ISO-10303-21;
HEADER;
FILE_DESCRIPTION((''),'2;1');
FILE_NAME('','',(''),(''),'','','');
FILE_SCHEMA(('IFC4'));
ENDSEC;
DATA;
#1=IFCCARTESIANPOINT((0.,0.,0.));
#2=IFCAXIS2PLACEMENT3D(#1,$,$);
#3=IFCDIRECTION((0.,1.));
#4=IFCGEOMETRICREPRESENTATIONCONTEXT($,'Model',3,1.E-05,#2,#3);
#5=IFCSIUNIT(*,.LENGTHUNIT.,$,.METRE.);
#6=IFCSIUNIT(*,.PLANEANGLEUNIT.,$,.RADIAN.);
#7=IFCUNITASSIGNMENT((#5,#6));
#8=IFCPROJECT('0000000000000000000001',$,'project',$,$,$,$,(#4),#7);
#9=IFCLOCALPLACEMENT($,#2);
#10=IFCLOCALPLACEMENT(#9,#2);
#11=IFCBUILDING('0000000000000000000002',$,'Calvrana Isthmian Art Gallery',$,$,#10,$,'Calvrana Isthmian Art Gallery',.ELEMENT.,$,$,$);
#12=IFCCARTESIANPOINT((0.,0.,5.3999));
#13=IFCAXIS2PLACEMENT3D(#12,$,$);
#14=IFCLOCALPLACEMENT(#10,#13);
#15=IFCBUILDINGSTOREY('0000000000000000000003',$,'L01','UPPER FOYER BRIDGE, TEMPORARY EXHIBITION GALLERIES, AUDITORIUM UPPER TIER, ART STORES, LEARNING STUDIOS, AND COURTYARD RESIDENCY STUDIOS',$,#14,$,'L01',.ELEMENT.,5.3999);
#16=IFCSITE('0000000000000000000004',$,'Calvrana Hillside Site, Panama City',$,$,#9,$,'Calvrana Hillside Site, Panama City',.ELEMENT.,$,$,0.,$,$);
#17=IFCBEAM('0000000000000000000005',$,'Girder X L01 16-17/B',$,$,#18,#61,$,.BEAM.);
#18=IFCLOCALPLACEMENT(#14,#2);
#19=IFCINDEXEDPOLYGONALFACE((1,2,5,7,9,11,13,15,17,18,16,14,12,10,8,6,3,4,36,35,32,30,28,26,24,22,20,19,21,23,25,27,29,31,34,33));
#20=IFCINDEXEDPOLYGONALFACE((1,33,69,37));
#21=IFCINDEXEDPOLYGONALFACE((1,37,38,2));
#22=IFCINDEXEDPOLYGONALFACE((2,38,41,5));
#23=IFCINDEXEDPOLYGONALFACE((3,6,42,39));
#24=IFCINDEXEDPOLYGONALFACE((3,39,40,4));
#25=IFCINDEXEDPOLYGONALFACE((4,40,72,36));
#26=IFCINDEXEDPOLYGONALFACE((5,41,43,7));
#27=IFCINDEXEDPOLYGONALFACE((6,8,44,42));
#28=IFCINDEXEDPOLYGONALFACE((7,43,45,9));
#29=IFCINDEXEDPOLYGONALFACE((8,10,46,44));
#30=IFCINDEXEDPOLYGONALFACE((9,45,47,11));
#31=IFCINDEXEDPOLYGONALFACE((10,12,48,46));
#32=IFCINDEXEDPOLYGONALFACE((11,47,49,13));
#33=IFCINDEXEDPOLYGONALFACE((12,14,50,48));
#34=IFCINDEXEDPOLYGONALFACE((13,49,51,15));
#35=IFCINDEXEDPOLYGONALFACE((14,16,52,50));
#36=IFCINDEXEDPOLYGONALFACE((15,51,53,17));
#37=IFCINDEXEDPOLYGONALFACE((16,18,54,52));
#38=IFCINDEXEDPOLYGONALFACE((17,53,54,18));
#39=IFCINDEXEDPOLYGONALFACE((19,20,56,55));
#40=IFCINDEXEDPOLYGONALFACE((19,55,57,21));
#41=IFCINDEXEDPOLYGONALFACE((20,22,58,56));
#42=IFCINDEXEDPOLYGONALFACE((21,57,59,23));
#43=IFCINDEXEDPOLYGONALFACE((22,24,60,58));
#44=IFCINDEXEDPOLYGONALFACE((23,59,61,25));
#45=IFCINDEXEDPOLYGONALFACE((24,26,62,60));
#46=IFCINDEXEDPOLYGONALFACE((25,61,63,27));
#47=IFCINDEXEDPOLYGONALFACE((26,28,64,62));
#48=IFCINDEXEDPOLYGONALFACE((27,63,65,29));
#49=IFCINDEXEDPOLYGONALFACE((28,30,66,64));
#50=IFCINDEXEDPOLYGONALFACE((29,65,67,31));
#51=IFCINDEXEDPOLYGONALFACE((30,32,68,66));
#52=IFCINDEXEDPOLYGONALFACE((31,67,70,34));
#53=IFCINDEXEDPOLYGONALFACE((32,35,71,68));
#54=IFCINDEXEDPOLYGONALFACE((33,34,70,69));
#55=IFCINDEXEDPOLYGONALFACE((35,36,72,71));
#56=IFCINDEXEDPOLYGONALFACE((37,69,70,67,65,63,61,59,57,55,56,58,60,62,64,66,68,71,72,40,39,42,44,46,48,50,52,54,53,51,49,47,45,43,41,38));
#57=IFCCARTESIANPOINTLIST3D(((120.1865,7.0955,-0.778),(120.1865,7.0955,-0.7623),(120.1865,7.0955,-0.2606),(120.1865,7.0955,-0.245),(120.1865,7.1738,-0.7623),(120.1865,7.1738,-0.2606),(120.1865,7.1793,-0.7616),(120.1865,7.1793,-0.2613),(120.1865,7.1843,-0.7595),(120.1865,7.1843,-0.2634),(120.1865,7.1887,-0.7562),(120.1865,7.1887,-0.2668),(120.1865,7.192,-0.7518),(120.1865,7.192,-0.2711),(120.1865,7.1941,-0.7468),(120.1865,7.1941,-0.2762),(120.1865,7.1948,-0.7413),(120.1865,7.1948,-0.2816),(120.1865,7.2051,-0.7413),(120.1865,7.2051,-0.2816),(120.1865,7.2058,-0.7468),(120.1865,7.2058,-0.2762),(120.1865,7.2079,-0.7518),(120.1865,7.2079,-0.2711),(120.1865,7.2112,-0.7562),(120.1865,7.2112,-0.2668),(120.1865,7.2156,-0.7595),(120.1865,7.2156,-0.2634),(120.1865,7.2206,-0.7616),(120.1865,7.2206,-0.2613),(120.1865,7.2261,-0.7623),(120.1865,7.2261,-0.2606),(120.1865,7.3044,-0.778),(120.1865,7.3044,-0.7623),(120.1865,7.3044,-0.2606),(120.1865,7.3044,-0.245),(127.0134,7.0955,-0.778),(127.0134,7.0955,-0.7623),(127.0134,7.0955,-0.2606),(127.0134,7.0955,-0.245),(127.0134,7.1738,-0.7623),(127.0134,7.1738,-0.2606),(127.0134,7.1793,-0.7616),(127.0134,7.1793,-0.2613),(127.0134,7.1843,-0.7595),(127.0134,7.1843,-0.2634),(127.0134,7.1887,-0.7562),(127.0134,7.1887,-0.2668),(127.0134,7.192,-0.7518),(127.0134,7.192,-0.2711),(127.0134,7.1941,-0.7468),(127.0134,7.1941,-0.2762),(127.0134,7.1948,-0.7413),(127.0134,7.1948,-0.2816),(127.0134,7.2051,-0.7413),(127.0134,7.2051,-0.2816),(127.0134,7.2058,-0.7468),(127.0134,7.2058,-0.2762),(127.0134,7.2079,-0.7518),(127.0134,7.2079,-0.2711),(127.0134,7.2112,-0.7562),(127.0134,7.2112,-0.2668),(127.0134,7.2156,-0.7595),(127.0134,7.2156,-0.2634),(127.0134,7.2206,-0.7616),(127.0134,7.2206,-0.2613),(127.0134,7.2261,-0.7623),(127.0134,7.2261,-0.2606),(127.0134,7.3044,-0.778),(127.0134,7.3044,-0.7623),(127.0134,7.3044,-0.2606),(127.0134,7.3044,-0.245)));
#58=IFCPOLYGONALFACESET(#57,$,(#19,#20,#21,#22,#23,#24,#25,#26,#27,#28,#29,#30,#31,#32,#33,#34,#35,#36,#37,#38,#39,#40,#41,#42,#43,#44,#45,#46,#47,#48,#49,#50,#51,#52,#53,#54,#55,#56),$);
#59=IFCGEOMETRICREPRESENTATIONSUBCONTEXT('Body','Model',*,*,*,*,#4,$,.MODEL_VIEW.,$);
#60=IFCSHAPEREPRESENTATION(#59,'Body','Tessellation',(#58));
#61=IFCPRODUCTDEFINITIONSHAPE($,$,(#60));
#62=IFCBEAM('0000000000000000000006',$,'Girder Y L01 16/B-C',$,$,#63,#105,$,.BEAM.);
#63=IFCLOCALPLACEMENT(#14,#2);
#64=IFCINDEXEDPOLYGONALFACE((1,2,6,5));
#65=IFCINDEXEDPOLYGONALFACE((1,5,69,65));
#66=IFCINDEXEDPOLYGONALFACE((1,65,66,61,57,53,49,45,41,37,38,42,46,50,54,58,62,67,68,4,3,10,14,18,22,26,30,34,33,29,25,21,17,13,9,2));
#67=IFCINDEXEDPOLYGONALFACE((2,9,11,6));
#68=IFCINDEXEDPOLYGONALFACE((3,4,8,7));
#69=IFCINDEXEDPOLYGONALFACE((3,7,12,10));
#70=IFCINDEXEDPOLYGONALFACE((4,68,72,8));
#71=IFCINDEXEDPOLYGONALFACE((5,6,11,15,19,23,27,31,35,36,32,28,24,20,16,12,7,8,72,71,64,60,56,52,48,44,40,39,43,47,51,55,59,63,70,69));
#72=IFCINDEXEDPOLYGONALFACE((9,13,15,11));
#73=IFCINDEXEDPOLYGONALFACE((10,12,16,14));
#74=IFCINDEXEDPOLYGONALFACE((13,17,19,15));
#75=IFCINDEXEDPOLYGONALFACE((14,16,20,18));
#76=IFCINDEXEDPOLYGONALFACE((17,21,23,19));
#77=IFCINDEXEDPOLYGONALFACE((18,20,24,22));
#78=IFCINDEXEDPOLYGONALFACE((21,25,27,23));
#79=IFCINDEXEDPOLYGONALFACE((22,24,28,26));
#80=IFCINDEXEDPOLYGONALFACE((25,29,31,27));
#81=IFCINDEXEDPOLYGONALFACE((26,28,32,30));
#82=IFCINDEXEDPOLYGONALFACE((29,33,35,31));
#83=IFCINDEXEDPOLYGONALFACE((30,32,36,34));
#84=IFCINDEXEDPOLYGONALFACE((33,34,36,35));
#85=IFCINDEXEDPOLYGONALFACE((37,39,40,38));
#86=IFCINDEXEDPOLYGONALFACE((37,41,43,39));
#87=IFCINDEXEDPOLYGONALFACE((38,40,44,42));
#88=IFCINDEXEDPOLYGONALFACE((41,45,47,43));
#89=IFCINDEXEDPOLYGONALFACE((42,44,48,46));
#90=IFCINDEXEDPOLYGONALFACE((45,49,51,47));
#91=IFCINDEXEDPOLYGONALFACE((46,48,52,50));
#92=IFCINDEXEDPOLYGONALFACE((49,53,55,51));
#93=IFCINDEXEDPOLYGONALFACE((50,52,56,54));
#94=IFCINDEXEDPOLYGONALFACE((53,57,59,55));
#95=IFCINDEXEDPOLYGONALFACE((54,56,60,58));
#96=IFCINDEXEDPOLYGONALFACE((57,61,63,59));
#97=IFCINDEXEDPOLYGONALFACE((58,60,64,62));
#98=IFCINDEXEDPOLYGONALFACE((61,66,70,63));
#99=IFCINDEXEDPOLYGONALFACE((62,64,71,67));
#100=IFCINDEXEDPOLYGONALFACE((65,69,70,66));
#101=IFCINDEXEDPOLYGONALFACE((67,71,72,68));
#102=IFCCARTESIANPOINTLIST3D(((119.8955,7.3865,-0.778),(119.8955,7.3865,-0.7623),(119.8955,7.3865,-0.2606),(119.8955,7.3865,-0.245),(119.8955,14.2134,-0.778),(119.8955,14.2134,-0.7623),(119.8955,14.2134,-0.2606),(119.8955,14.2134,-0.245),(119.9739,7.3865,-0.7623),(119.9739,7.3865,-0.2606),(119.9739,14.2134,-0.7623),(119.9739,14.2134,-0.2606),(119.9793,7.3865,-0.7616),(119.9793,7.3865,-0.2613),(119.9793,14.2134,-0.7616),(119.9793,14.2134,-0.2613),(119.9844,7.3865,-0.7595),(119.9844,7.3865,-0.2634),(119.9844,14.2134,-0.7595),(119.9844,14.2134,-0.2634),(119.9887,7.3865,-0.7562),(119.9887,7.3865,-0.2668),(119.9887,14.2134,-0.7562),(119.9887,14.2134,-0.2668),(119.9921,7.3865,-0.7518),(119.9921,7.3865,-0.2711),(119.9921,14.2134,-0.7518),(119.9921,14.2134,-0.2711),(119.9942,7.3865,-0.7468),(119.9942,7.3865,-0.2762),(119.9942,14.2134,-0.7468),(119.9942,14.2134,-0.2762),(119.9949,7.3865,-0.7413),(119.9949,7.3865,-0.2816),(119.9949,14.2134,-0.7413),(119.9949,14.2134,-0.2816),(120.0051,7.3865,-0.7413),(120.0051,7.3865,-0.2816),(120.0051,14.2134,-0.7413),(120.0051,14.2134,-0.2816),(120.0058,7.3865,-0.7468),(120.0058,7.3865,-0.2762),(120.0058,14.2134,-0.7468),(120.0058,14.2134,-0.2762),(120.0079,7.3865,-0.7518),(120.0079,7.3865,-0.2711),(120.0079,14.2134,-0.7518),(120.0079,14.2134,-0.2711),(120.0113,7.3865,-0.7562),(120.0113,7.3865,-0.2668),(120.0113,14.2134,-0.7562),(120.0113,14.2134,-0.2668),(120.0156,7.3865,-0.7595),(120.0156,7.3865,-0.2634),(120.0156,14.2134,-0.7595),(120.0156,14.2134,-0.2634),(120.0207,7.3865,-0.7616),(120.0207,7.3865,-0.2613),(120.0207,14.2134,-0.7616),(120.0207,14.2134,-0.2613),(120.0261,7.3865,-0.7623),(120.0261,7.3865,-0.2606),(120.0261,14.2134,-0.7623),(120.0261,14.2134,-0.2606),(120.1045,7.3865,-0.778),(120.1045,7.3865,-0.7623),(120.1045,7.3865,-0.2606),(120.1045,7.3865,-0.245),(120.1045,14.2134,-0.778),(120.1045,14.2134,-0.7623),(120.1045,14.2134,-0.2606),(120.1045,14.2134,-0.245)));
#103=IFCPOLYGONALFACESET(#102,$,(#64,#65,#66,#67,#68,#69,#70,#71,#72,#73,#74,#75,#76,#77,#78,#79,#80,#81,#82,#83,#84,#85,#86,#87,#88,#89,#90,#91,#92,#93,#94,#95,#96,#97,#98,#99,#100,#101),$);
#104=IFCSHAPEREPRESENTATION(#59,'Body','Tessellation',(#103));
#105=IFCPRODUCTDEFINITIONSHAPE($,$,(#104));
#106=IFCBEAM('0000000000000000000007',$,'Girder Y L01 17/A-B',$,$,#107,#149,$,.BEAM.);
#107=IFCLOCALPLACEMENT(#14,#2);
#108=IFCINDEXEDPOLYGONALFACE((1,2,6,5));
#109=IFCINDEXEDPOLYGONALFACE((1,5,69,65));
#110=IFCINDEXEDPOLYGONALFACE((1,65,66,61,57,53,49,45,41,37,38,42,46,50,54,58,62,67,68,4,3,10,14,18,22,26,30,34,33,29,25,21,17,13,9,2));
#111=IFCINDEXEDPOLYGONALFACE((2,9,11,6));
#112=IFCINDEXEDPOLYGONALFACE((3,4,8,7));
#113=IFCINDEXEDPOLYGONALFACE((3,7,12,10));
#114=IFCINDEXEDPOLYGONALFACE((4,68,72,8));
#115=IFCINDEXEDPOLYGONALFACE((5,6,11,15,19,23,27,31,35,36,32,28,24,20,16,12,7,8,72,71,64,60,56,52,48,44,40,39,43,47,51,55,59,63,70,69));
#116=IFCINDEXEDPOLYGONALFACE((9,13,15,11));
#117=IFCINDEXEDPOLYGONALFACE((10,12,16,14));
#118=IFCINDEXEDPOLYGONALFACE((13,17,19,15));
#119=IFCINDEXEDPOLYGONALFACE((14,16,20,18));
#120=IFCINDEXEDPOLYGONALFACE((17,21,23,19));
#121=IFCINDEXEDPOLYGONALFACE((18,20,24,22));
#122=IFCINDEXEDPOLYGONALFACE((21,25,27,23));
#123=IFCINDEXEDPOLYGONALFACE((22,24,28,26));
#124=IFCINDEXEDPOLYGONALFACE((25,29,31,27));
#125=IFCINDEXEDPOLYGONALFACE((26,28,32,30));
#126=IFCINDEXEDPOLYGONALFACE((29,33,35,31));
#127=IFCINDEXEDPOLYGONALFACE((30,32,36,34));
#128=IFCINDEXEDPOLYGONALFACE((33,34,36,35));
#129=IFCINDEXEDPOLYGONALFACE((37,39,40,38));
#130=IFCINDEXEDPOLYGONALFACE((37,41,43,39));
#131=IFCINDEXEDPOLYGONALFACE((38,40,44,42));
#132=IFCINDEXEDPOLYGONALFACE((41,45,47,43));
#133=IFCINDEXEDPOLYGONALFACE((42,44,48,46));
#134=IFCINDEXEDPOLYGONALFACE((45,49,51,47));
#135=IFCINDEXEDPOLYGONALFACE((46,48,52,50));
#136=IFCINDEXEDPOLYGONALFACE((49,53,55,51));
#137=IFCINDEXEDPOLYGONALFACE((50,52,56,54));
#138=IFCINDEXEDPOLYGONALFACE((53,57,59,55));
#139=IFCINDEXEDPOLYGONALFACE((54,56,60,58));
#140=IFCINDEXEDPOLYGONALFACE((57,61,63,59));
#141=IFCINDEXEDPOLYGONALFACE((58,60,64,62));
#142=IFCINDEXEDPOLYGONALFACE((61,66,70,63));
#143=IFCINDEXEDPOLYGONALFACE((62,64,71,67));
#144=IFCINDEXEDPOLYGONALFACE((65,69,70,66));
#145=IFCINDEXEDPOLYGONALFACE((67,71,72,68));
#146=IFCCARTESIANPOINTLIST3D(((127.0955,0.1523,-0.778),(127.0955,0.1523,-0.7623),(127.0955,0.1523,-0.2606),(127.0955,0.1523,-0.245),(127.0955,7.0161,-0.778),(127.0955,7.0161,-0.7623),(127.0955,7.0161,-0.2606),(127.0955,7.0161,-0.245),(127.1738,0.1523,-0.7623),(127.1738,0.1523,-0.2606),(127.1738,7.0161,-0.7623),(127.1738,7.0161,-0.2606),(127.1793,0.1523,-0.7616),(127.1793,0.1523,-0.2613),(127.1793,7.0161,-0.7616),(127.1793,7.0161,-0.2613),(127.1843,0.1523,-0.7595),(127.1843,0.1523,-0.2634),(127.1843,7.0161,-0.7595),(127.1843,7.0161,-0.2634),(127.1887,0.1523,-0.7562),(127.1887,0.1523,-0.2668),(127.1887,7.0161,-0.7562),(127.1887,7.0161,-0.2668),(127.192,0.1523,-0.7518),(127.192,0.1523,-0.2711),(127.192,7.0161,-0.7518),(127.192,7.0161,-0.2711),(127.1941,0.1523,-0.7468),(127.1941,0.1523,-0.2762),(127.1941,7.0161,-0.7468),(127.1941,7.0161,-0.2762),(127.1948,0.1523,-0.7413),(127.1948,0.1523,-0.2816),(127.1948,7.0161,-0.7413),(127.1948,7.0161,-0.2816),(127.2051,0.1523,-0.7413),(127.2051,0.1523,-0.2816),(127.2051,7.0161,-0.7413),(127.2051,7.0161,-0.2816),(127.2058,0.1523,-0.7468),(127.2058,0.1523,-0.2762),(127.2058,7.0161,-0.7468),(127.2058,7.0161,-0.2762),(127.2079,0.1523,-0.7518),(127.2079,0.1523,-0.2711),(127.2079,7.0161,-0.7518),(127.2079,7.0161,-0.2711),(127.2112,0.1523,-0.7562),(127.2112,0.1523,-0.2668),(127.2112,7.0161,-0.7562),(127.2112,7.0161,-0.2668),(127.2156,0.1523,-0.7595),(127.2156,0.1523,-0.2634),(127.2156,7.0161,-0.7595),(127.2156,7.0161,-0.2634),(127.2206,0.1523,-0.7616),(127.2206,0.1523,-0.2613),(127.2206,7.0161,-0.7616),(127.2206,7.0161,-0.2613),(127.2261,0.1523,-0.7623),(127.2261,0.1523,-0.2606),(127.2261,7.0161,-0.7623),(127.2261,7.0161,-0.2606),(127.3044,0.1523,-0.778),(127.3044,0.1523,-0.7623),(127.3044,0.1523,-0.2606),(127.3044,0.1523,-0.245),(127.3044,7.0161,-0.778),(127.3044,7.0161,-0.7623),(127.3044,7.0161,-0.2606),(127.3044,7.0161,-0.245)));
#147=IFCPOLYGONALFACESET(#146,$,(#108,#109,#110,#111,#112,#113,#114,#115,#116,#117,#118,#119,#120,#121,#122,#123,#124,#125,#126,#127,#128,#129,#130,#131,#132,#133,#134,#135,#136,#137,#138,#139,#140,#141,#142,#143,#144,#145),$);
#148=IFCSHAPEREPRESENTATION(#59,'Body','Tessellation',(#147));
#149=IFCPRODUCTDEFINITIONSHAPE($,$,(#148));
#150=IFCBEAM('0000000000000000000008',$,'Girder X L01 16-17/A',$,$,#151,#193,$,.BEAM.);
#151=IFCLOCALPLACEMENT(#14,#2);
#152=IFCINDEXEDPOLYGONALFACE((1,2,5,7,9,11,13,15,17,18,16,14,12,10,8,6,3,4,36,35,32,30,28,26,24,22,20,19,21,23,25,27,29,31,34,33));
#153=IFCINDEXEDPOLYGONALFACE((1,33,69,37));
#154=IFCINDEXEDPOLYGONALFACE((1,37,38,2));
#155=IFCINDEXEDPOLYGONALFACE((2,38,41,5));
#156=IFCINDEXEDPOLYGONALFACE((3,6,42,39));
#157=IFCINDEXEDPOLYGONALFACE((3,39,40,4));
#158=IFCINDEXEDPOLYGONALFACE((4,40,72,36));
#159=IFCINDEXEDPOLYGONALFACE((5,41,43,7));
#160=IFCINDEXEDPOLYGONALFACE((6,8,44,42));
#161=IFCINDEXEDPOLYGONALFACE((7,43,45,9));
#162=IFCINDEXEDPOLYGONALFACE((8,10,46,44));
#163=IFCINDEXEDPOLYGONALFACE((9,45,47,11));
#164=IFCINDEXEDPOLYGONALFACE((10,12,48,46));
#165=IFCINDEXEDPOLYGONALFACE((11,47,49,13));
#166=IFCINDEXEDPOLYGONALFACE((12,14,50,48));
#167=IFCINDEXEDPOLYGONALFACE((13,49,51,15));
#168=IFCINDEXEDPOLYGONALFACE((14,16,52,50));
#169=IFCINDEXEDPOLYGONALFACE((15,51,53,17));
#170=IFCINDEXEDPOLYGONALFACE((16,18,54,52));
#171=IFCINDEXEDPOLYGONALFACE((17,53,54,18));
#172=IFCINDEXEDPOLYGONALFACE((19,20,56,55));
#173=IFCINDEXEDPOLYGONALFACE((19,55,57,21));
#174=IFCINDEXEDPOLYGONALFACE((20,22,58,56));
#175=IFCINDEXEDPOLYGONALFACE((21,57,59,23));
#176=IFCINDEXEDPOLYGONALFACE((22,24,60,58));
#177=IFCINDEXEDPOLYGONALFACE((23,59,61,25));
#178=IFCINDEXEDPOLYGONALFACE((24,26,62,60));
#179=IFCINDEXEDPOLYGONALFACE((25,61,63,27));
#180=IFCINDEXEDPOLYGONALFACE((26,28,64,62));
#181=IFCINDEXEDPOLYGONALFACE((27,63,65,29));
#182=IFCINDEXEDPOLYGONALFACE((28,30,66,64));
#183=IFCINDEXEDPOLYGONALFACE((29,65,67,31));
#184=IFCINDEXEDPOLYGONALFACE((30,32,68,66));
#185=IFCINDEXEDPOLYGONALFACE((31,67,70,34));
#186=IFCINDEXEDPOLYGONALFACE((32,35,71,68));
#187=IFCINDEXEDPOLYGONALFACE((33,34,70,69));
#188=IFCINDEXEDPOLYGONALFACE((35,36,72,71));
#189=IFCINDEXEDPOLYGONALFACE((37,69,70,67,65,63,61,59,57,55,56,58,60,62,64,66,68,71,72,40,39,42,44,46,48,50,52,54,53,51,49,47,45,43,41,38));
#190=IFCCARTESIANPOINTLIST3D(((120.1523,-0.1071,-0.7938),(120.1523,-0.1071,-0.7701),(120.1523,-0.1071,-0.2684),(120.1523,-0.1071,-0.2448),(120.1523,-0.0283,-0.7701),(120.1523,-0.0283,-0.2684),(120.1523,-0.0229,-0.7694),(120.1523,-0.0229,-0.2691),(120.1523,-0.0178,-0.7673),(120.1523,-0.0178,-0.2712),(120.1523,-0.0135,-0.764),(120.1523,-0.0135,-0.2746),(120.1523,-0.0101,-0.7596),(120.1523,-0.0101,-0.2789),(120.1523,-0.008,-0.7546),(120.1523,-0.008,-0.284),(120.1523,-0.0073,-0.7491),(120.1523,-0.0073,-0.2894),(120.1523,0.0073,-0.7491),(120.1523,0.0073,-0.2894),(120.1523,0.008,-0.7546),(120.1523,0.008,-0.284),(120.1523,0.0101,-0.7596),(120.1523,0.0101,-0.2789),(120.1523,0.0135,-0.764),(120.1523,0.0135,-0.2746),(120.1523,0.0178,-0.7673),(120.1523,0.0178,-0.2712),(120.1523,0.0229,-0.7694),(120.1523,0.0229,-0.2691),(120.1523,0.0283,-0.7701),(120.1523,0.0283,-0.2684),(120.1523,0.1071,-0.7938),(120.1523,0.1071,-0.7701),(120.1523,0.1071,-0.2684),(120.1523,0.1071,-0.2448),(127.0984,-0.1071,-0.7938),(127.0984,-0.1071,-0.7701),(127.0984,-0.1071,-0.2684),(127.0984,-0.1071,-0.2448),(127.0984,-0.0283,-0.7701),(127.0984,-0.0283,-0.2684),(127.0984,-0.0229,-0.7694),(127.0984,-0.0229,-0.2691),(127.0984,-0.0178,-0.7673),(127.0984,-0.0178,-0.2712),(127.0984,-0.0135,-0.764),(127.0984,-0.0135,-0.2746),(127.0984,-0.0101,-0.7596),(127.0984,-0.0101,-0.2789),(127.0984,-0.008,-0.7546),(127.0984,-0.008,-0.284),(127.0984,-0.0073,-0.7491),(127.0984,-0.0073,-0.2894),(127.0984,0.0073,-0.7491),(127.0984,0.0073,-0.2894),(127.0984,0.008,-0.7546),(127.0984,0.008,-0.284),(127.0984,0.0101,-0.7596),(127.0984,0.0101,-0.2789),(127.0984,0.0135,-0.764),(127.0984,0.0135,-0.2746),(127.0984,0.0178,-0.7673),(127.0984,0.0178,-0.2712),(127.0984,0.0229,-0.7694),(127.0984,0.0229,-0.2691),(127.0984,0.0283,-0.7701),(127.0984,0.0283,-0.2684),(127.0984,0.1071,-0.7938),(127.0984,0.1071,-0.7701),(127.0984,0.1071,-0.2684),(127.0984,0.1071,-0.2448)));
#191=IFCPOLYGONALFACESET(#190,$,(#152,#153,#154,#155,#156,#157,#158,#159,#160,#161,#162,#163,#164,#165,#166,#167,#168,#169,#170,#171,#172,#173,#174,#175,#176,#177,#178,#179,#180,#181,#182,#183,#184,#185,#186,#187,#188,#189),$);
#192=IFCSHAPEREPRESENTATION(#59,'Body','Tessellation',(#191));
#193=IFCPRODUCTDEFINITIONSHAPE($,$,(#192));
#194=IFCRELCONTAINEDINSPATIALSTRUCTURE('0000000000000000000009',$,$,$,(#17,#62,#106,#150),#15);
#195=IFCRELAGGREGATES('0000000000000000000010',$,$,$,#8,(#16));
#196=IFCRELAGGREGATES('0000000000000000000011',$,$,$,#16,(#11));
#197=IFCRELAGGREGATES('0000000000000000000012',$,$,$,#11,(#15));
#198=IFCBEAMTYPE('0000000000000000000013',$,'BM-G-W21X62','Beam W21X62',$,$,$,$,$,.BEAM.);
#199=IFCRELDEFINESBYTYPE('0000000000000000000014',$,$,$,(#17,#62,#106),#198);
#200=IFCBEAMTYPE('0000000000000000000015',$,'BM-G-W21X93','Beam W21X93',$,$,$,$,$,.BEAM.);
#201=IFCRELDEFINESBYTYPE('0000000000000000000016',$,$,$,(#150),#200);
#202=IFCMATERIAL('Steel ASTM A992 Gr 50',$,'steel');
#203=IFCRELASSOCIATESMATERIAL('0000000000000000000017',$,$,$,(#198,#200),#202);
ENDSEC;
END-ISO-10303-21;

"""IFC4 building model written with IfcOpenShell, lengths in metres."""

from ifc_helpers import new_model, si_unit, direction, frame, origin, origin_2d, place, context, subcontext, project, spatial, i_section, extrude, material, material_profile, profile_set, type_object, element, save


model = new_model("IFC4")

# Units and contexts
model_context = context("Model", 3, precision=1e-05, world=origin(), true_north=direction((0.0, 1.0)))
body_context = subcontext(model_context, "Body", "Model", "MODEL_VIEW")
ifc_project = project(units=[si_unit("LENGTHUNIT", "METRE"), si_unit("PLANEANGLEUNIT", "RADIAN")], contexts=[model_context])

# Site, building, storey
site_placement = place(None, origin())
site = spatial("IfcSite", under=ifc_project, at=site_placement, Name="Calvrana Hillside Site, Panama City", LongName="Calvrana Hillside Site, Panama City", CompositionType="ELEMENT", RefElevation=0.0)
building_placement = place(site_placement, origin())
building = spatial("IfcBuilding", under=site, at=building_placement, Name="Calvrana Isthmian Art Gallery", LongName="Calvrana Isthmian Art Gallery", CompositionType="ELEMENT")
storey_placement = place(building_placement, frame((0.0, 0.0, 5.3999)))
storey = spatial("IfcBuildingStorey", under=building, at=storey_placement, Name="L01", Description="UPPER FOYER BRIDGE, TEMPORARY EXHIBITION GALLERIES, AUDITORIUM UPPER TIER, ART STORES, LEARNING STUDIOS, AND COURTYARD RESIDENCY STUDIOS", LongName="L01", CompositionType="ELEMENT", Elevation=5.3999)

# Beams
ifc_material_1 = material(Name="Steel ASTM A992 Gr 50", Category="steel")
ifc_material_profile_1 = material_profile(ifc_material_1, i_section(OverallWidth=0.209, OverallDepth=0.533, WebThickness=0.0103, FlangeThickness=0.0156, FilletRadius=0.021, at=origin_2d()), Name="W21X62")
ifc_profile_set_1 = profile_set([ifc_material_profile_1], Name="Steel ASTM A992 Gr 50")
beam_type_1 = type_object("IfcBeamType", Name="BM-G-W21X62", Description="Beam W21X62", PredefinedType="BEAM", material=ifc_profile_set_1)
for number, where, z_axis, x_axis, name in (
    (1, (120.1865, 7.2, -0.5115), (1.0, 0.0, 0.0), (0.0, 1.0, 0.0), "Girder X L01 16-17/B"),
    (2, (120.0, 7.3865, -0.5115), (0.0, 1.0, 0.0), (-1.0, 0.0, 0.0), "Girder Y L01 16/B-C"),
):
    element("IfcBeam", number, at=place(storey_placement, frame(where, z_axis=z_axis, x_axis=x_axis)), inside=storey, type_object=beam_type_1, Name=name, PredefinedType="BEAM", context=body_context, shape_type="SweptSolid", body=[
        extrude(i_section(OverallWidth=0.209, OverallDepth=0.533, WebThickness=0.0103, FlangeThickness=0.0156, FilletRadius=0.021, at=origin_2d()), origin(), (0.0, 0.0, 1.0), 6.8269),
    ])
beam_1_placement = place(storey_placement, frame((127.2, 0.1523, -0.5115), z_axis=(0.0, 1.0, 0.0), x_axis=(-1.0, 0.0, 0.0)))
element("IfcBeam", 3, at=beam_1_placement, inside=storey, type_object=beam_type_1, Name="Girder Y L01 17/A-B", PredefinedType="BEAM", context=body_context, shape_type="SweptSolid", body=[
    extrude(i_section(OverallWidth=0.209, OverallDepth=0.533, WebThickness=0.0103, FlangeThickness=0.0156, FilletRadius=0.021, at=origin_2d()), origin(), (0.0, 0.0, 1.0), 6.8638),
])
ifc_material_profile_2 = material_profile(ifc_material_1, i_section(OverallWidth=0.2141, OverallDepth=0.5491, WebThickness=0.0146, FlangeThickness=0.0237, FilletRadius=0.021, at=origin_2d()), Name="W21X93")
ifc_profile_set_2 = profile_set([ifc_material_profile_2], Name="Steel ASTM A992 Gr 50")
beam_type_2 = type_object("IfcBeamType", Name="BM-G-W21X93", Description="Beam W21X93", PredefinedType="BEAM", material=ifc_profile_set_2)
beam_2_placement = place(storey_placement, frame((120.1523, 0.0, -0.5193), z_axis=(1.0, 0.0, 0.0), x_axis=(0.0, 1.0, 0.0)))
element("IfcBeam", 4, at=beam_2_placement, inside=storey, type_object=beam_type_2, Name="Girder X L01 16-17/A", PredefinedType="BEAM", context=body_context, shape_type="SweptSolid", body=[
    extrude(i_section(OverallWidth=0.2141, OverallDepth=0.5491, WebThickness=0.0146, FlangeThickness=0.0237, FilletRadius=0.021, at=origin_2d()), origin(), (0.0, 0.0, 1.0), 6.946),
])

save(model, "model.ifc")
